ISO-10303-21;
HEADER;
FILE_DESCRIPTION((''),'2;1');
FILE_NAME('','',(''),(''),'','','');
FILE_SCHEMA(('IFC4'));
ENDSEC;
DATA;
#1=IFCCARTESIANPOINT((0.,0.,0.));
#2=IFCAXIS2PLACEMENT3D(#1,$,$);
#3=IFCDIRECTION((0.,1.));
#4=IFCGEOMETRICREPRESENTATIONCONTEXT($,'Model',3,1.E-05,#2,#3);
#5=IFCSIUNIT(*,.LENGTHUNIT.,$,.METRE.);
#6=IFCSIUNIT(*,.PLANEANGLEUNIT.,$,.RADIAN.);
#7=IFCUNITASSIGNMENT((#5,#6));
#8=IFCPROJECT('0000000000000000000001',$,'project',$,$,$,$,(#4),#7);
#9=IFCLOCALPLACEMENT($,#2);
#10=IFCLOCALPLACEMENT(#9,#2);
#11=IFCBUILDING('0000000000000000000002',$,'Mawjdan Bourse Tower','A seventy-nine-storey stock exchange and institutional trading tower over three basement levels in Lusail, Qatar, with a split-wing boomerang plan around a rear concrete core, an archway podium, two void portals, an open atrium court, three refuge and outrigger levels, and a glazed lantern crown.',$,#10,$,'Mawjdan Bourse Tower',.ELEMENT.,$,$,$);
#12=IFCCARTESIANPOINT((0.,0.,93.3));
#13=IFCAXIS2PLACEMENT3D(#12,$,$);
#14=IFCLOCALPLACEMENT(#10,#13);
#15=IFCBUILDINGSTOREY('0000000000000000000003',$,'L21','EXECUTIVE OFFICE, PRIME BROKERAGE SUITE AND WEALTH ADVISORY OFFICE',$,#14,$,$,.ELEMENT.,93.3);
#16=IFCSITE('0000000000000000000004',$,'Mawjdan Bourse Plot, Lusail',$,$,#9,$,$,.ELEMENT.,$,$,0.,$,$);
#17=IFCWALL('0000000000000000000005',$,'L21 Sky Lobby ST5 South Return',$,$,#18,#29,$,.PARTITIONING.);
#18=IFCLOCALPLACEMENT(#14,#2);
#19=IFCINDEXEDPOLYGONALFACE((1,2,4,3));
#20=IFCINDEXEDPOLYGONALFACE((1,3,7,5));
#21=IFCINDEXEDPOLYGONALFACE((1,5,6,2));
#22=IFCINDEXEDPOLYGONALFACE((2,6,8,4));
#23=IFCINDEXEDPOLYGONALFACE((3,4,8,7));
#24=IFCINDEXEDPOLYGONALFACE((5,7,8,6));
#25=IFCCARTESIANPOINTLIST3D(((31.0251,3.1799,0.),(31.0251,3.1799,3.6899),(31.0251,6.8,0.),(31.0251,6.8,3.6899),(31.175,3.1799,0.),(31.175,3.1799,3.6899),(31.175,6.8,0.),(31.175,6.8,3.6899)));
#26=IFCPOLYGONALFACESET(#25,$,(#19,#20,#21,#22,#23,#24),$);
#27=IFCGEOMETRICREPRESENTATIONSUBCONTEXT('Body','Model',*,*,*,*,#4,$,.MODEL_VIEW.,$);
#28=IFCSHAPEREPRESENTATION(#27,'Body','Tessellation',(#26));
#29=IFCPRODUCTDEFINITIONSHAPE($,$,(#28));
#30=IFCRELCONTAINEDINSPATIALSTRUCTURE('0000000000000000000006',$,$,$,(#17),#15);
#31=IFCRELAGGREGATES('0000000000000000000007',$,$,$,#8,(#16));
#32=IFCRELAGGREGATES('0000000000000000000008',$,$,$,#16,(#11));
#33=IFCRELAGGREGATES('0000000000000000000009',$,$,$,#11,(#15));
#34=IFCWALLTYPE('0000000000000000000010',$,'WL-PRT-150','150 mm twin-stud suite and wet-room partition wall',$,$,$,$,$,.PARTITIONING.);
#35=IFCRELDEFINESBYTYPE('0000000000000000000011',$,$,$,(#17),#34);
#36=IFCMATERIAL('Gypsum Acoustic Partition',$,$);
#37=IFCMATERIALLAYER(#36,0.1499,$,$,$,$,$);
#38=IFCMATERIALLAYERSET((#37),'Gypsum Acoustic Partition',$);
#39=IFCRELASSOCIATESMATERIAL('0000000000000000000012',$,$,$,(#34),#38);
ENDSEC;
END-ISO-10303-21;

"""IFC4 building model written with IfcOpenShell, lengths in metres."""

from ifc_helpers import new_model, si_unit, direction, frame, frame_2d, origin, place, context, subcontext, project, spatial, rectangle, extrude, material, layer, layer_set, type_object, element, save


model = new_model("IFC4")

# Units and contexts
model_context = context("Model", 3, precision=1e-05, world=origin(), true_north=direction((0.0, 1.0)))
body_context = subcontext(model_context, "Body", "Model", "MODEL_VIEW")
ifc_project = project(units=[si_unit("LENGTHUNIT", "METRE"), si_unit("PLANEANGLEUNIT", "RADIAN")], contexts=[model_context])

# Site, building, storey
site_placement = place(None, origin())
site = spatial("IfcSite", under=ifc_project, at=site_placement, Name="Mawjdan Bourse Plot, Lusail", CompositionType="ELEMENT", RefElevation=0.0)
building_placement = place(site_placement, origin())
building = spatial("IfcBuilding", under=site, at=building_placement, Name="Mawjdan Bourse Tower", Description="A seventy-nine-storey stock exchange and institutional trading tower over three basement levels in Lusail, Qatar, with a split-wing boomerang plan around a rear concrete core, an archway podium, two void portals, an open atrium court, three refuge and outrigger levels, and a glazed lantern crown.", LongName="Mawjdan Bourse Tower", CompositionType="ELEMENT")
storey_placement = place(building_placement, frame((0.0, 0.0, 93.3)))
storey = spatial("IfcBuildingStorey", under=building, at=storey_placement, Name="L21", Description="EXECUTIVE OFFICE, PRIME BROKERAGE SUITE AND WEALTH ADVISORY OFFICE", CompositionType="ELEMENT", Elevation=93.3)

# Wall
ifc_material_1 = material(Name="Gypsum Acoustic Partition")
ifc_layer_1 = layer(ifc_material_1, 0.1499)
ifc_layer_set_1 = layer_set([ifc_layer_1], Name="Gypsum Acoustic Partition")
wall_type_1 = type_object("IfcWallType", Name="WL-PRT-150", Description="150 mm twin-stud suite and wet-room partition wall", PredefinedType="PARTITIONING", material=ifc_layer_set_1)
wall_1_placement = place(storey_placement, frame((31.1001, 3.1799, 0.0), z_axis=(0.0, 0.0, 1.0), x_axis=(0.0, 1.0, 0.0)))
element("IfcWall", 1, at=wall_1_placement, inside=storey, type_object=wall_type_1, Name="L21 Sky Lobby ST5 South Return", PredefinedType="PARTITIONING", context=body_context, shape_type="SweptSolid", body=[
    extrude(rectangle(XDim=3.6201, YDim=0.1499, at=frame_2d((1.8101, 0.0))), origin(), (0.0, 0.0, 1.0), 3.6899),
])

save(model, "model.ifc")
